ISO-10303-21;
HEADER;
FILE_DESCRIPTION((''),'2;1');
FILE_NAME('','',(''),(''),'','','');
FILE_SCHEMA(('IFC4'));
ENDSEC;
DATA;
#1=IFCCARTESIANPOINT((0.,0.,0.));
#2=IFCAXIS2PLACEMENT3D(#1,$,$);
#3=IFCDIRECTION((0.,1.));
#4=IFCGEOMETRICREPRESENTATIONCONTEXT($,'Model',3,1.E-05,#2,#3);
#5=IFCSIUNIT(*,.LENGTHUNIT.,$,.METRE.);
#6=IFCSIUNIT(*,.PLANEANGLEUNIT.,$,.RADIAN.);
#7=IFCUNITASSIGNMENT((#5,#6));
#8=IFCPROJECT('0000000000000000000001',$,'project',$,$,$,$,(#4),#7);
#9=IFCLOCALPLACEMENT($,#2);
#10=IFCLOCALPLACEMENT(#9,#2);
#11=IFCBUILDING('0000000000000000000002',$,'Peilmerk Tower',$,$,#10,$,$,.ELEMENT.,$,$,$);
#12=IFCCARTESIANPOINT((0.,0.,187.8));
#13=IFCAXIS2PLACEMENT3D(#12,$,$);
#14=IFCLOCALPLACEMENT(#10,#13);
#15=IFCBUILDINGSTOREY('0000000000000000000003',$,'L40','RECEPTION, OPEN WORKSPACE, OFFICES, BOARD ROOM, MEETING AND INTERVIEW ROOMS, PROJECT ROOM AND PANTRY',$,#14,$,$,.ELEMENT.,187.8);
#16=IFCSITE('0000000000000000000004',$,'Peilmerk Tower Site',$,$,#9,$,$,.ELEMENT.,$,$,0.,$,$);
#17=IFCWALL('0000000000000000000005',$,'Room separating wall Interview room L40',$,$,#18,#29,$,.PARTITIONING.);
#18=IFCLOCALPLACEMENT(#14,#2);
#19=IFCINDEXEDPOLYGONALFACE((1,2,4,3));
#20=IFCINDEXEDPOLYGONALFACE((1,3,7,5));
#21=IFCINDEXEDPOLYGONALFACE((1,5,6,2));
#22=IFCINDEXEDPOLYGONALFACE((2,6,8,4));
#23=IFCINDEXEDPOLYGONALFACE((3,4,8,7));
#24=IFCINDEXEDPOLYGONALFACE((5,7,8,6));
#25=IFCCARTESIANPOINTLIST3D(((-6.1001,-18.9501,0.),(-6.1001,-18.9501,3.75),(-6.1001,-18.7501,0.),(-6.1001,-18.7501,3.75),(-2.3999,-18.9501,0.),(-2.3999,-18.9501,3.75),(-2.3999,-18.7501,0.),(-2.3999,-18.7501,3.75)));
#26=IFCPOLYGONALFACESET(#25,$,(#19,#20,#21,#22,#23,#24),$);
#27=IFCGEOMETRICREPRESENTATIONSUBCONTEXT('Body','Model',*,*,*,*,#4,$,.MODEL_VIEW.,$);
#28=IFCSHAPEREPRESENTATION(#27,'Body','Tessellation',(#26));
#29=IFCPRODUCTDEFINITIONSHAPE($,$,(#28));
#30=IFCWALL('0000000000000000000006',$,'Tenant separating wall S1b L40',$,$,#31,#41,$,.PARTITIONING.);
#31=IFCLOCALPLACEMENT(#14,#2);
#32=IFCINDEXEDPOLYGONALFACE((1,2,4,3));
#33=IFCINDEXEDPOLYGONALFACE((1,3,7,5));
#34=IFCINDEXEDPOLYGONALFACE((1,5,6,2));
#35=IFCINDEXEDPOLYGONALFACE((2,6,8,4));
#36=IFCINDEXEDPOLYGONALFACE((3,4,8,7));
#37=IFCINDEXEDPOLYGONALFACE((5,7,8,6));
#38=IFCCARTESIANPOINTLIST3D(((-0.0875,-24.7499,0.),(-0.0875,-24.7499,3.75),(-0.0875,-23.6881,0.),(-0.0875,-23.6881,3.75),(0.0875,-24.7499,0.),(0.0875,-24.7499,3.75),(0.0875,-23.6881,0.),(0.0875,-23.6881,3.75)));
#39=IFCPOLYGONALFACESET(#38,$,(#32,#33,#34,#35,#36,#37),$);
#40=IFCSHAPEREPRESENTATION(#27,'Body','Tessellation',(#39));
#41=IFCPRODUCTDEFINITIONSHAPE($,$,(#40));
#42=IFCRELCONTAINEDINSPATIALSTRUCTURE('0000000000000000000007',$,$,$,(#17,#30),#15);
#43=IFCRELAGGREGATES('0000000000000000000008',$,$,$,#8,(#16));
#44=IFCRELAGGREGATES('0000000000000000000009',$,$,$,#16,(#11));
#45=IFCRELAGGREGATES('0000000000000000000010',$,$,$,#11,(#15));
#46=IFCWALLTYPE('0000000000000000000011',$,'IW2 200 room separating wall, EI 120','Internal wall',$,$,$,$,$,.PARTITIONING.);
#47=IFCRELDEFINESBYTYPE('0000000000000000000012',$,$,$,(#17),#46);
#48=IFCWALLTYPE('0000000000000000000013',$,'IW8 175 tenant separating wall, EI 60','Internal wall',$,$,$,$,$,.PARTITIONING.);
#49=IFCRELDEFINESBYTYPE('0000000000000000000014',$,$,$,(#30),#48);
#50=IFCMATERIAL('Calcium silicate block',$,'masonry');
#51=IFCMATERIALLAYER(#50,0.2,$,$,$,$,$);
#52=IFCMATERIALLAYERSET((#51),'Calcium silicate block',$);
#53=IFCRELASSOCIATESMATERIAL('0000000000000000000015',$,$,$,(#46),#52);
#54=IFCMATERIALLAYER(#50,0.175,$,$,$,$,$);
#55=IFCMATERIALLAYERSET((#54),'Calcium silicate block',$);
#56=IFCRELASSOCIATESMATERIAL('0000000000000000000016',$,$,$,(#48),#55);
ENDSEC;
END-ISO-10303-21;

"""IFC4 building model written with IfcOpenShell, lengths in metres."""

from ifc_helpers import new_model, si_unit, direction, frame, frame_2d, origin, place, context, subcontext, project, spatial, rectangle, extrude, material, layer, layer_set, type_object, element, save


model = new_model("IFC4")

# Units and contexts
model_context = context("Model", 3, precision=1e-05, world=origin(), true_north=direction((0.0, 1.0)))
body_context = subcontext(model_context, "Body", "Model", "MODEL_VIEW")
ifc_project = project(units=[si_unit("LENGTHUNIT", "METRE"), si_unit("PLANEANGLEUNIT", "RADIAN")], contexts=[model_context])

# Site, building, storey
site_placement = place(None, origin())
site = spatial("IfcSite", under=ifc_project, at=site_placement, Name="Peilmerk Tower Site", CompositionType="ELEMENT", RefElevation=0.0)
building_placement = place(site_placement, origin())
building = spatial("IfcBuilding", under=site, at=building_placement, Name="Peilmerk Tower", CompositionType="ELEMENT")
storey_placement = place(building_placement, frame((0.0, 0.0, 187.8)))
storey = spatial("IfcBuildingStorey", under=building, at=storey_placement, Name="L40", Description="RECEPTION, OPEN WORKSPACE, OFFICES, BOARD ROOM, MEETING AND INTERVIEW ROOMS, PROJECT ROOM AND PANTRY", CompositionType="ELEMENT", Elevation=187.8)

# Walls
ifc_material_1 = material(Name="Calcium silicate block", Category="masonry")
ifc_layer_1 = layer(ifc_material_1, 0.2)
ifc_layer_set_1 = layer_set([ifc_layer_1], Name="Calcium silicate block")
wall_type_1 = type_object("IfcWallType", Name="IW2 200 room separating wall, EI 120", Description="Internal wall", PredefinedType="PARTITIONING", material=ifc_layer_set_1)
wall_1_placement = place(storey_placement, frame((-6.1001, -18.8501, 0.0), z_axis=(0.0, 0.0, 1.0), x_axis=(1.0, 0.0, 0.0)))
element("IfcWall", 1, at=wall_1_placement, inside=storey, type_object=wall_type_1, Name="Room separating wall Interview room L40", PredefinedType="PARTITIONING", context=body_context, shape_type="SweptSolid", body=[
    extrude(rectangle(XDim=3.7002, YDim=0.2, at=frame_2d((1.8501, 0.0))), origin(), (0.0, 0.0, 1.0), 3.75),
])
ifc_layer_2 = layer(ifc_material_1, 0.175)
ifc_layer_set_2 = layer_set([ifc_layer_2], Name="Calcium silicate block")
wall_type_2 = type_object("IfcWallType", Name="IW8 175 tenant separating wall, EI 60", Description="Internal wall", PredefinedType="PARTITIONING", material=ifc_layer_set_2)
wall_2_placement = place(storey_placement, frame((0.0, -23.6882, 0.0), z_axis=(0.0, 0.0, 1.0), x_axis=(0.0, -1.0, 0.0)))
element("IfcWall", 2, at=wall_2_placement, inside=storey, type_object=wall_type_2, Name="Tenant separating wall S1b L40", PredefinedType="PARTITIONING", context=body_context, shape_type="SweptSolid", body=[
    extrude(rectangle(XDim=1.0618, YDim=0.175, at=frame_2d((0.5308, 0.0))), origin(), (0.0, 0.0, 1.0), 3.75),
])

save(model, "model.ifc")
